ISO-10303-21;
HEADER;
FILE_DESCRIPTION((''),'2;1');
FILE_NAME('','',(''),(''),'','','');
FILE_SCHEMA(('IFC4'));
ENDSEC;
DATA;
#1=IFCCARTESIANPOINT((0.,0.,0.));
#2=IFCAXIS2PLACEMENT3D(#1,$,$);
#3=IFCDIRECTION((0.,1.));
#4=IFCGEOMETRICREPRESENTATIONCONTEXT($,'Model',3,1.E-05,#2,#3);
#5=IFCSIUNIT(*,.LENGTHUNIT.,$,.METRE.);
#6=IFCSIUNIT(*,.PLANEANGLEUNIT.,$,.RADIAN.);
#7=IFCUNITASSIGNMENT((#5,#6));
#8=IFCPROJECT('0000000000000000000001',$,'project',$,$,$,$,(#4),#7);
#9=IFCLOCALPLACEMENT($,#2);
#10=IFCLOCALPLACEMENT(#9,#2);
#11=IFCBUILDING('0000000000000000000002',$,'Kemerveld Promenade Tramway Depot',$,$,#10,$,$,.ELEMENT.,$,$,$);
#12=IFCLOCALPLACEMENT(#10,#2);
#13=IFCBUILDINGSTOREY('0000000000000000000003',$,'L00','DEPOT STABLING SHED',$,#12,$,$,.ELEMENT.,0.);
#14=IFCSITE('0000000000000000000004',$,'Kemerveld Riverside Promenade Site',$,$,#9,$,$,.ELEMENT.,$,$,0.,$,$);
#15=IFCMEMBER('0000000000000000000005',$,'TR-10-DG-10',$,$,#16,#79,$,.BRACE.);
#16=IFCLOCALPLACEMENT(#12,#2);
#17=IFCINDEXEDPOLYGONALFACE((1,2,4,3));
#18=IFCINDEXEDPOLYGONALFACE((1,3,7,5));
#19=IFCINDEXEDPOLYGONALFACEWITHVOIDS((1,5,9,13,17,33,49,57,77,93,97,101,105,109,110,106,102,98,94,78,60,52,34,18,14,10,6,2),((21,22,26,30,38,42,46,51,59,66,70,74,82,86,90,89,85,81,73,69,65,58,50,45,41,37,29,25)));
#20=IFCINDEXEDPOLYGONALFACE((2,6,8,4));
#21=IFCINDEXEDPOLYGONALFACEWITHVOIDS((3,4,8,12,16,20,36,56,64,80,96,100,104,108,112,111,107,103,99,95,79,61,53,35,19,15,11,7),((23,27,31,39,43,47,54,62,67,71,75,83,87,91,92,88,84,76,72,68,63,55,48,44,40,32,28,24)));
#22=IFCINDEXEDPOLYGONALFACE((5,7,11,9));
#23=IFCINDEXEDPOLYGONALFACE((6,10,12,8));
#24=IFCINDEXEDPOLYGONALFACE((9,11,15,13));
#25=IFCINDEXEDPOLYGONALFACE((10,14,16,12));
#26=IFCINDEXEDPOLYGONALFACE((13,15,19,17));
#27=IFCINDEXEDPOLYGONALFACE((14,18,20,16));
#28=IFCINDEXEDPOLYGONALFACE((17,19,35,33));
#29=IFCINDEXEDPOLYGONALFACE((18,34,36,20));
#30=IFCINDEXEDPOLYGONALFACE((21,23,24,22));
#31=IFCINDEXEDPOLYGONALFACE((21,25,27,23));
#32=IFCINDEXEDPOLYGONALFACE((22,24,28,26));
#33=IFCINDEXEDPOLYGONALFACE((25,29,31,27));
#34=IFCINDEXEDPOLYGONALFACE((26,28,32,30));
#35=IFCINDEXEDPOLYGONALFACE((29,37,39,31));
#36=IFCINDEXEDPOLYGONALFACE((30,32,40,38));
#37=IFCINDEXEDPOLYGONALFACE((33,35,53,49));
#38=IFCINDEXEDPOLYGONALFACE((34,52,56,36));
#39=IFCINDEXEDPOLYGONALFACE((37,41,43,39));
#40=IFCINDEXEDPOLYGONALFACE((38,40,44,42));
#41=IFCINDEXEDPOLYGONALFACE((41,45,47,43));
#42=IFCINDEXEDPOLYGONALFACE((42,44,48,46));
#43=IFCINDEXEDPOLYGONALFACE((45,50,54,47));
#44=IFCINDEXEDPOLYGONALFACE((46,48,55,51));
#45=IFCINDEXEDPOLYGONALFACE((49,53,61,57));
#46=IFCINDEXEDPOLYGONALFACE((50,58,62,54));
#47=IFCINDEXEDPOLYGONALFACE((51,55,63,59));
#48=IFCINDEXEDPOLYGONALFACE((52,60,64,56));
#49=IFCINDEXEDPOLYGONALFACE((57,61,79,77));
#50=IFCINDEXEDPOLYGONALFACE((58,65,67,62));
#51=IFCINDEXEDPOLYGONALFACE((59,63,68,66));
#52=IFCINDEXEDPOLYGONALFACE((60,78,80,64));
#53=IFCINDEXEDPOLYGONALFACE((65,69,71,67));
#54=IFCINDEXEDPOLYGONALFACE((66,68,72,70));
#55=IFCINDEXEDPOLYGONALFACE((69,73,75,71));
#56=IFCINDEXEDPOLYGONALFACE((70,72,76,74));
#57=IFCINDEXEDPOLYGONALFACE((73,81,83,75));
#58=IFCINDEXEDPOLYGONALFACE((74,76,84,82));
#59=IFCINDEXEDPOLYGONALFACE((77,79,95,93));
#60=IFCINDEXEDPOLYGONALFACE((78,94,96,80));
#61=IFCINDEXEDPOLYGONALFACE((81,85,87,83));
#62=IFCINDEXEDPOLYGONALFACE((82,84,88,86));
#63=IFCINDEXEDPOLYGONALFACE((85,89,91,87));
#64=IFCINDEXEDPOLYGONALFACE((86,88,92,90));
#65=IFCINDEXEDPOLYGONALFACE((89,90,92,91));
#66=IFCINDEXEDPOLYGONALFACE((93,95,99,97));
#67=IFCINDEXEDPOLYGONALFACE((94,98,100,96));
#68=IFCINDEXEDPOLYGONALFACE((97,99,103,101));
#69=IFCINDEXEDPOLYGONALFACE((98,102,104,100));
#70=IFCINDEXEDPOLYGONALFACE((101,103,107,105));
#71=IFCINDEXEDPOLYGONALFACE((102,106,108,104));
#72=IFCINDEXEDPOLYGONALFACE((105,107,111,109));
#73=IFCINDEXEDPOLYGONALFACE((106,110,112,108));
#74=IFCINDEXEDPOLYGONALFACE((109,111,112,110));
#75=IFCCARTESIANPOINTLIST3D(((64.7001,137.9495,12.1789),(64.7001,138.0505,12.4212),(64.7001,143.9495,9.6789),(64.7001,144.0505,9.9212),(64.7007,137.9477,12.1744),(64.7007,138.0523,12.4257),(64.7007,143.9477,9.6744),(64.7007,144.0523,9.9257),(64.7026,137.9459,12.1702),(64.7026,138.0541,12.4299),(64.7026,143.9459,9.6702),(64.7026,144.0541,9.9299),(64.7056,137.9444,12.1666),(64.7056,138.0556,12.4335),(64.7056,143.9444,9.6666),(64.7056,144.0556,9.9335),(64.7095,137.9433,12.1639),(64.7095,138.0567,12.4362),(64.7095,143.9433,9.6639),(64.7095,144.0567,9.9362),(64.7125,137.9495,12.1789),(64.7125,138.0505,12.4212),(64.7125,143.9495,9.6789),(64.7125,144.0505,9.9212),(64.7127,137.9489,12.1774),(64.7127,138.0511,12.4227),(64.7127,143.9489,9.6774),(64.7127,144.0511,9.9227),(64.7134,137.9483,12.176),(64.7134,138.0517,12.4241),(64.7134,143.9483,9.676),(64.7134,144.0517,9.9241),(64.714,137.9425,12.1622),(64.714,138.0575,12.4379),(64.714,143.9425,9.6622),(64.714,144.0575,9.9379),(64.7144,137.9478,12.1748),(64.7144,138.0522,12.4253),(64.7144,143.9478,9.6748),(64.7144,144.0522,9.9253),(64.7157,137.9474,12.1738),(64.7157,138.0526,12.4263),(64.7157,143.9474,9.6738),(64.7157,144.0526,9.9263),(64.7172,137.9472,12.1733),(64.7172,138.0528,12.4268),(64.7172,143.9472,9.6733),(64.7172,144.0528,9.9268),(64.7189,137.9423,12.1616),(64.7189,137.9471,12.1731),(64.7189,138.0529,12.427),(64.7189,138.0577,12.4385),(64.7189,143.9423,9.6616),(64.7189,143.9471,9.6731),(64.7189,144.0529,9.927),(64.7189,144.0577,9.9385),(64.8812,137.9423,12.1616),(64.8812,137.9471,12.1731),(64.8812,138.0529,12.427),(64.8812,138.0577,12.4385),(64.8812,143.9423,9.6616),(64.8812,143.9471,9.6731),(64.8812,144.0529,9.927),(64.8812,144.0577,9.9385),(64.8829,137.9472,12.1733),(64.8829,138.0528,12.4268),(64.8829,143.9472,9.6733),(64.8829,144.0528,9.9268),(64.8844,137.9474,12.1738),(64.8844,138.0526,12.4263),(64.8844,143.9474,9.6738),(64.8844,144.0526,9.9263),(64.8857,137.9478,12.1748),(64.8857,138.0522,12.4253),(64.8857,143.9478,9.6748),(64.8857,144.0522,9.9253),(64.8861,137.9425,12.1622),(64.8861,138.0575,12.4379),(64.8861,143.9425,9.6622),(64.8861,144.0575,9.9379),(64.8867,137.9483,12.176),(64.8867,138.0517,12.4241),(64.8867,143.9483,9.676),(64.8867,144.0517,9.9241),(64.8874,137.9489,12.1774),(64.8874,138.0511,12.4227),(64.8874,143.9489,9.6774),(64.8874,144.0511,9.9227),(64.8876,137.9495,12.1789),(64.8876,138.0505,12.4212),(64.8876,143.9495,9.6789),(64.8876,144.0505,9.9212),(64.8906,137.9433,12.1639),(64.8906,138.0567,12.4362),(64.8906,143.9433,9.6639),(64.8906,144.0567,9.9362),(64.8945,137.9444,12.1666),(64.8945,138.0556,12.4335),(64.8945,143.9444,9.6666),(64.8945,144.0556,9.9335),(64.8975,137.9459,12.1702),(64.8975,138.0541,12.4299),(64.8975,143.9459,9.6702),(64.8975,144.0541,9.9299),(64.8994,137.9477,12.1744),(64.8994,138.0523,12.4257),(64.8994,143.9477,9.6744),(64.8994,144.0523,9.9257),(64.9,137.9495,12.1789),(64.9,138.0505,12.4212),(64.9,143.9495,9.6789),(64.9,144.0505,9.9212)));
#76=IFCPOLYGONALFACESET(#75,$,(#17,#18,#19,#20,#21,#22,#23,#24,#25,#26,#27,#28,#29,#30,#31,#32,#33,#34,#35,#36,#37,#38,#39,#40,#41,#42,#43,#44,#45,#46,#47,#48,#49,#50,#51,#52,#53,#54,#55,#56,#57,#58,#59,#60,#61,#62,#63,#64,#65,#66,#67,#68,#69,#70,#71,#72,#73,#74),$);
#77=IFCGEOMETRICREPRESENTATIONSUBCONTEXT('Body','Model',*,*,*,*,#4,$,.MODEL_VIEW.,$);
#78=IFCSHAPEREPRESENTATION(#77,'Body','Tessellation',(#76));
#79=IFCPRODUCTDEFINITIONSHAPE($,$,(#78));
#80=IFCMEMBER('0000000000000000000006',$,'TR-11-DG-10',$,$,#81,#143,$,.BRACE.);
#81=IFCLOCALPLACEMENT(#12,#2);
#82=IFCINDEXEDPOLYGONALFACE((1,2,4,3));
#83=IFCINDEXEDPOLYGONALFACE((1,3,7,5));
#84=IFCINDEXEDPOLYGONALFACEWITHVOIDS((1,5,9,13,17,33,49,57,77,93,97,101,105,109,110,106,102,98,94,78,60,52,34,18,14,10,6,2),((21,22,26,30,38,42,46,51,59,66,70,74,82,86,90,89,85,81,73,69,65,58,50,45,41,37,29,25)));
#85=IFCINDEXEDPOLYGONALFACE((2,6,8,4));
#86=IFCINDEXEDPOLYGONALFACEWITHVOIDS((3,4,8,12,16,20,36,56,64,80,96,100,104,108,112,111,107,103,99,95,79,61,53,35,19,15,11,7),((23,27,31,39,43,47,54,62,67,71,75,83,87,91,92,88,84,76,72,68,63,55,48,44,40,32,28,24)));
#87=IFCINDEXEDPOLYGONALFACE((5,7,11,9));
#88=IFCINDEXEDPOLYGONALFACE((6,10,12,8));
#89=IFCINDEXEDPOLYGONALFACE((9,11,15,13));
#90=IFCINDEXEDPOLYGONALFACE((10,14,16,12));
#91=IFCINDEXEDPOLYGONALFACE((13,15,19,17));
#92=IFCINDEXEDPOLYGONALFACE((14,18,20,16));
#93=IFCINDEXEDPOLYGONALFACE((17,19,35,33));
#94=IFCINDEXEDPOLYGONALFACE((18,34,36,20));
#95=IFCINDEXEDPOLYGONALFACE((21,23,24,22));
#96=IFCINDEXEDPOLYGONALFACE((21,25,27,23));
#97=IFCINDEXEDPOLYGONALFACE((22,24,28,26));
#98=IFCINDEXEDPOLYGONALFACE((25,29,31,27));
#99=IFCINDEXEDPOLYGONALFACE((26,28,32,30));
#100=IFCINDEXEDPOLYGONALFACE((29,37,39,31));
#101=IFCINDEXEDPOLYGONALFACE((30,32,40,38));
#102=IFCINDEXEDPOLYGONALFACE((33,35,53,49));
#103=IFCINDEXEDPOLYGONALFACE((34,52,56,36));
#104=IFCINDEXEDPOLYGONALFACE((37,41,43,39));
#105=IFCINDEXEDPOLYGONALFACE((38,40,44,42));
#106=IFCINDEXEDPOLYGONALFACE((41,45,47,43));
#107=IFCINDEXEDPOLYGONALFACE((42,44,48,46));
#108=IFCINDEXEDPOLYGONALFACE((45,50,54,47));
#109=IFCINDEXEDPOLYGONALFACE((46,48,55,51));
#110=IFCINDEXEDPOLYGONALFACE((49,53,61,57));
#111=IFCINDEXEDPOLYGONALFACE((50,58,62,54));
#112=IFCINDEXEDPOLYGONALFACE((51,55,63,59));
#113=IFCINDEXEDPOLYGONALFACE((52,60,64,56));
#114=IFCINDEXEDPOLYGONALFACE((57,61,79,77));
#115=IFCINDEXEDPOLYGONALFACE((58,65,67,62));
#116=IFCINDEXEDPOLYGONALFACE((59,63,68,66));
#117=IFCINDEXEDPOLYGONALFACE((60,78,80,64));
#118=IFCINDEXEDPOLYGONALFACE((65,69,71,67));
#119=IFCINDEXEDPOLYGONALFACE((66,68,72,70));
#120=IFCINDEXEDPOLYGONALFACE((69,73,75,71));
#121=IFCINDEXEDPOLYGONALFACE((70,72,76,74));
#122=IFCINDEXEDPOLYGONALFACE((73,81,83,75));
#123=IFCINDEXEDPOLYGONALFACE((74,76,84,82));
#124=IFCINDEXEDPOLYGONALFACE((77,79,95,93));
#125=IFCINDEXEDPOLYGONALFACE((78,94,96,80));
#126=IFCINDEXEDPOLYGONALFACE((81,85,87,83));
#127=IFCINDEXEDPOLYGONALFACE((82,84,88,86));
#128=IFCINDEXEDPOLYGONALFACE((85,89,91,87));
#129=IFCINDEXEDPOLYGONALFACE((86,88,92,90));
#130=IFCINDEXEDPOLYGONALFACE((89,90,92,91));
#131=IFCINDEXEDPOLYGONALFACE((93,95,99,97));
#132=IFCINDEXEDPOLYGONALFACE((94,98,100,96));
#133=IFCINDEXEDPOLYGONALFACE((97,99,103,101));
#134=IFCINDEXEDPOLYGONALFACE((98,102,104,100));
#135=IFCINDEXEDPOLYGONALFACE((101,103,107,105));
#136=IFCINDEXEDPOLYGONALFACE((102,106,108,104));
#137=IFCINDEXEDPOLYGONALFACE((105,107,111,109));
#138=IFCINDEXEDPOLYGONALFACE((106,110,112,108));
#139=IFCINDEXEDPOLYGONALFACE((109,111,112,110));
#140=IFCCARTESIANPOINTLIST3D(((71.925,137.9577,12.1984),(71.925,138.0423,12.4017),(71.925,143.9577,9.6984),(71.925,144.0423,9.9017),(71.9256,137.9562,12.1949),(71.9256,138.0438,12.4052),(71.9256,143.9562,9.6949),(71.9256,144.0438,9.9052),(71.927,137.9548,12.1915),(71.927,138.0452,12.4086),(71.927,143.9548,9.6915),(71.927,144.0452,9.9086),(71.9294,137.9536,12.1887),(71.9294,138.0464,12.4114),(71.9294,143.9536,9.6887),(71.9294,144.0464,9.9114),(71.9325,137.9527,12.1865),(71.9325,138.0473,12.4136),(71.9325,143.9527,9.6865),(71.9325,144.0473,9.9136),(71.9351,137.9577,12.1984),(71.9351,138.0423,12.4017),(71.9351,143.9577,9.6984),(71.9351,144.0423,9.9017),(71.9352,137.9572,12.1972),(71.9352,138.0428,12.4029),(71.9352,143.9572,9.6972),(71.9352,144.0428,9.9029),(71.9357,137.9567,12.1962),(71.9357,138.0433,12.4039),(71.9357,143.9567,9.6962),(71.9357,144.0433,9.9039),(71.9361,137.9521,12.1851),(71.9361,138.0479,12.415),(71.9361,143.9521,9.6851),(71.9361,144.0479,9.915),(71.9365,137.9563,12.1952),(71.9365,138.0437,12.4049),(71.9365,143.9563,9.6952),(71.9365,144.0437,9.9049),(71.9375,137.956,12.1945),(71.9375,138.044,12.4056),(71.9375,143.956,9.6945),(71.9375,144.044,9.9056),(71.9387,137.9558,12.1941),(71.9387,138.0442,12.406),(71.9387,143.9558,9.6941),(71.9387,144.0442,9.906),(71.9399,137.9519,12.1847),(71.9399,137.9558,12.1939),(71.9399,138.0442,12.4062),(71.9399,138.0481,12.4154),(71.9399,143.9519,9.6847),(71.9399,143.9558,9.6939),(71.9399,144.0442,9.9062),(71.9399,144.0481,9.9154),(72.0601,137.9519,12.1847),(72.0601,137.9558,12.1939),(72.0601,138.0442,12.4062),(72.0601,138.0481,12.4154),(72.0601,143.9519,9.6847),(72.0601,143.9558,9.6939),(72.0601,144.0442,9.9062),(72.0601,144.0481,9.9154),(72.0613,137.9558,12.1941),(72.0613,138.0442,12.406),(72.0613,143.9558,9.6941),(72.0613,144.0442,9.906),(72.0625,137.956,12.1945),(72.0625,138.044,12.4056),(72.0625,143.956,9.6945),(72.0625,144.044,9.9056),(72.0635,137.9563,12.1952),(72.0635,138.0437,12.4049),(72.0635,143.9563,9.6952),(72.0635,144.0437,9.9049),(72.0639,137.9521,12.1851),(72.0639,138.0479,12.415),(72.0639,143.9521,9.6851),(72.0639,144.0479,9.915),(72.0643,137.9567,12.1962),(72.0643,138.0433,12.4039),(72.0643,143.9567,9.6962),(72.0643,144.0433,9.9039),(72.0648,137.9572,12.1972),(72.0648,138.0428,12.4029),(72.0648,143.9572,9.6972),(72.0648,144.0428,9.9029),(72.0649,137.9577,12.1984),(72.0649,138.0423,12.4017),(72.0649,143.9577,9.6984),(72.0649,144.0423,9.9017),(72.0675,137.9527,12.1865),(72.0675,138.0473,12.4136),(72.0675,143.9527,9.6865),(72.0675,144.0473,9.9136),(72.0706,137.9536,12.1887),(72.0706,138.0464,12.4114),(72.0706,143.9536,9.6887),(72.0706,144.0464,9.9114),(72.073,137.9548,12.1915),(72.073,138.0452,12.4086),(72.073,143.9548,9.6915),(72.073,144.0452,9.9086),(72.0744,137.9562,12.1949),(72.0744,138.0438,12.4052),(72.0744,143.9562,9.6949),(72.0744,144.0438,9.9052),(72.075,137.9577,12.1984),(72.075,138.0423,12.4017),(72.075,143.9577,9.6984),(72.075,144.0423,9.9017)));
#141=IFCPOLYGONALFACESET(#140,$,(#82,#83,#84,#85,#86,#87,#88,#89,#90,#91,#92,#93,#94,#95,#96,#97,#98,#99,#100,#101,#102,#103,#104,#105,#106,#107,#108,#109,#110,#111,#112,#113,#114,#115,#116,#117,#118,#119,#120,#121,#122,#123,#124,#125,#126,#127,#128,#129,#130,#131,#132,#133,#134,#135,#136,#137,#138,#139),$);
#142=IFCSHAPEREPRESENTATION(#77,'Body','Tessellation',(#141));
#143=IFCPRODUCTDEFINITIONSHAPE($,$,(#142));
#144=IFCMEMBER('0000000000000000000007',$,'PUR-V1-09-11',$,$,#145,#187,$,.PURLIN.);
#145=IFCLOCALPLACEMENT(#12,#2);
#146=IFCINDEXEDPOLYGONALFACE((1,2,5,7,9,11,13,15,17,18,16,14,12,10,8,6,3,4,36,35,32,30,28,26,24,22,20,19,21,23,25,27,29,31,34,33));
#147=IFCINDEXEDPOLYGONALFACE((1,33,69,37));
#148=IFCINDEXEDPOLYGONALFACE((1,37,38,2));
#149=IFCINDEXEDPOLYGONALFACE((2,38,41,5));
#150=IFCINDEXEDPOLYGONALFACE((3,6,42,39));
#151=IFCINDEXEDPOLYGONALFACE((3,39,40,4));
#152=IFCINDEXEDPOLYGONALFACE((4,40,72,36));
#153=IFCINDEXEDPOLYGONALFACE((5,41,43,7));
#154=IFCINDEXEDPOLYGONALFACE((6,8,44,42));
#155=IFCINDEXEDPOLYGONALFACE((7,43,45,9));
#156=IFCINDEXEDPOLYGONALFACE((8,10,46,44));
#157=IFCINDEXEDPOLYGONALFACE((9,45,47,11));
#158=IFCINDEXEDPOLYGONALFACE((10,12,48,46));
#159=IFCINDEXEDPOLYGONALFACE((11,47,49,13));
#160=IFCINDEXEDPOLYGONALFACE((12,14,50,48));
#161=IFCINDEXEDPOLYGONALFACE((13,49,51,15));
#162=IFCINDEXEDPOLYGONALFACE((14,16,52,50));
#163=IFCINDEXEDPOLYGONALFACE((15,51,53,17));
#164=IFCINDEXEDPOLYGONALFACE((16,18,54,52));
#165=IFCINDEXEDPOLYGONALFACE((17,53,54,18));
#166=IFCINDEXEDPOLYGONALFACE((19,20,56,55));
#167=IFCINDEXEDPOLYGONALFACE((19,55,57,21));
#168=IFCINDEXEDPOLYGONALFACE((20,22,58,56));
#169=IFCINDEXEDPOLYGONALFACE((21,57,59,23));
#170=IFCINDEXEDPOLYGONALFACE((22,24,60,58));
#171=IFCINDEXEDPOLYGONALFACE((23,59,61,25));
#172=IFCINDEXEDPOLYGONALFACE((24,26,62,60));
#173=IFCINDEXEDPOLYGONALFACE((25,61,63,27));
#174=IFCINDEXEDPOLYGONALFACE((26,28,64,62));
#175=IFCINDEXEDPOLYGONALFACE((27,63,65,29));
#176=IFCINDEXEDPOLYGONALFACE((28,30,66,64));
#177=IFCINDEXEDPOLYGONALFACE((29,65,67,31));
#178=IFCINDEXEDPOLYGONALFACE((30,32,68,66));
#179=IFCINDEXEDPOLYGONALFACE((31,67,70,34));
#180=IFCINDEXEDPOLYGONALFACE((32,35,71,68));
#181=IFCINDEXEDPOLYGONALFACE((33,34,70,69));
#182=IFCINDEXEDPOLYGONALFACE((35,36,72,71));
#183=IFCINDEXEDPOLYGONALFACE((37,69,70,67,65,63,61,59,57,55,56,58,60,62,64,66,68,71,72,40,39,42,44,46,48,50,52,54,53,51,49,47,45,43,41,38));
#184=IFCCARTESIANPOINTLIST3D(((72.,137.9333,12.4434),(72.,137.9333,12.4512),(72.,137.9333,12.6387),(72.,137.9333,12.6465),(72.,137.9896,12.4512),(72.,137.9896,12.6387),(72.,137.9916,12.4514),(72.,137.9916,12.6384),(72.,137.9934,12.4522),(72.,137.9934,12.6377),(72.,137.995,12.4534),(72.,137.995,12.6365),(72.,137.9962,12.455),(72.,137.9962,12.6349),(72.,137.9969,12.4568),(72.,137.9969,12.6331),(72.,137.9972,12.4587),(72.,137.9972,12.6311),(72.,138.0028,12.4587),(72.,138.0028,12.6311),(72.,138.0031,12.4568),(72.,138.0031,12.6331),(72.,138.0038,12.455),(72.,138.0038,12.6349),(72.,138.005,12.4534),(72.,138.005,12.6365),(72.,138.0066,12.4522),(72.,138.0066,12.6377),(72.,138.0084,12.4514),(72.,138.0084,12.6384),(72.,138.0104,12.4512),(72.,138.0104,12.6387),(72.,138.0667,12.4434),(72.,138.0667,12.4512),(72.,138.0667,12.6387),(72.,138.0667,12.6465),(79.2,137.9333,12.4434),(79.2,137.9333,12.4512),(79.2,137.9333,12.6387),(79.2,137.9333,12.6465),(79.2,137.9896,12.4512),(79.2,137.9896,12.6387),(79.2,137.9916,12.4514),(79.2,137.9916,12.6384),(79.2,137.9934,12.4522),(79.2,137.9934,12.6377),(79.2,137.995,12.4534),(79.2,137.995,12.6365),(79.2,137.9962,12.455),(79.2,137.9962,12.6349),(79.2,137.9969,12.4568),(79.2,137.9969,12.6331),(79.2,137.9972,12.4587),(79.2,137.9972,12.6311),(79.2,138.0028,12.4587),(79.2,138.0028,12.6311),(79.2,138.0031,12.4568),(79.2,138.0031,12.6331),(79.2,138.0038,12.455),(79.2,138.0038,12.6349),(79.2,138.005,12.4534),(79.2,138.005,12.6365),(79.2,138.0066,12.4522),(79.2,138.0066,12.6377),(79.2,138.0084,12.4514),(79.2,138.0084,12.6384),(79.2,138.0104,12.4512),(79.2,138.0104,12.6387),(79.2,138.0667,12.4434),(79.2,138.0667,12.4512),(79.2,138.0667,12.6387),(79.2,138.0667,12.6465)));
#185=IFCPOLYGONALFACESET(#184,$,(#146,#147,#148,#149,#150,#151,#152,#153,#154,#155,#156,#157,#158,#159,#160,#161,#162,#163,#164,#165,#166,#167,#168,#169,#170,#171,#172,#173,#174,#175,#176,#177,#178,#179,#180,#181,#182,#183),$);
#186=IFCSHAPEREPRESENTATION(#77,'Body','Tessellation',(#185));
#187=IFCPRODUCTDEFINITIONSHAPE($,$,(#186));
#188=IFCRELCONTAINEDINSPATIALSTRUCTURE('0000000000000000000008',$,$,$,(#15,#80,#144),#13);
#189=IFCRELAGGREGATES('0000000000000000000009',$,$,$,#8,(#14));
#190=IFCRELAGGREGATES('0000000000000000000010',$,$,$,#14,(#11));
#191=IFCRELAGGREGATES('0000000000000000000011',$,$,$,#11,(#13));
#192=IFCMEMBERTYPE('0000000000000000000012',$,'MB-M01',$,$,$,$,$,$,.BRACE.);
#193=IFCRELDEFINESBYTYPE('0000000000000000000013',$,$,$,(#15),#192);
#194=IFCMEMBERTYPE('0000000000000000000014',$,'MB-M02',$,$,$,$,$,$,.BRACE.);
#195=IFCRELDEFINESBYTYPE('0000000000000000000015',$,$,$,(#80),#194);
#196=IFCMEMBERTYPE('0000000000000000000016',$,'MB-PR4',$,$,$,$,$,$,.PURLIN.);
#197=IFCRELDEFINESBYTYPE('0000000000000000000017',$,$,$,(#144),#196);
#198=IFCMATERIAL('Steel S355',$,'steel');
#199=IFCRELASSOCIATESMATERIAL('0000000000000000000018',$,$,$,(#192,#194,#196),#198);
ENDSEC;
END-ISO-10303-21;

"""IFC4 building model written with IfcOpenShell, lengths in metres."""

from ifc_helpers import new_model, si_unit, direction, frame, origin, origin_2d, place, context, subcontext, project, spatial, hollow_rectangle, i_section, extrude, material, material_profile, profile_set, type_object, element, save


model = new_model("IFC4")

# Units and contexts
model_context = context("Model", 3, precision=1e-05, world=origin(), true_north=direction((0.0, 1.0)))
body_context = subcontext(model_context, "Body", "Model", "MODEL_VIEW")
ifc_project = project(units=[si_unit("LENGTHUNIT", "METRE"), si_unit("PLANEANGLEUNIT", "RADIAN")], contexts=[model_context])

# Site, building, storey
site_placement = place(None, origin())
site = spatial("IfcSite", under=ifc_project, at=site_placement, Name="Kemerveld Riverside Promenade Site", CompositionType="ELEMENT", RefElevation=0.0)
building_placement = place(site_placement, origin())
building = spatial("IfcBuilding", under=site, at=building_placement, Name="Kemerveld Promenade Tramway Depot", CompositionType="ELEMENT")
storey_placement = place(building_placement, origin())
storey = spatial("IfcBuildingStorey", under=building, at=storey_placement, Name="L00", Description="DEPOT STABLING SHED", CompositionType="ELEMENT", Elevation=0.0)

# Shared definitions
ifc_material_1 = material(Name="Steel S355", Category="steel")

# Members
ifc_material_profile_1 = material_profile(ifc_material_1, hollow_rectangle(XDim=0.2, YDim=0.3, WallThickness=0.0125, InnerFilletRadius=0.0063, OuterFilletRadius=0.0188, at=origin_2d()), Name="300x200x12.5 RHS")
ifc_profile_set_1 = profile_set([ifc_material_profile_1], Name="Steel S355")
member_type_1 = type_object("IfcMemberType", Name="MB-M01", PredefinedType="BRACE", material=ifc_profile_set_1)
member_1_placement = place(storey_placement, frame((64.8, 144.0, 9.8), z_axis=(0.0, -0.923077, 0.384615), x_axis=(1.0, 0.0, 0.0)))
element("IfcMember", 1, at=member_1_placement, inside=storey, type_object=member_type_1, Name="TR-10-DG-10", PredefinedType="BRACE", context=body_context, shape_type="SweptSolid", body=[
    extrude(hollow_rectangle(XDim=0.2, YDim=0.3, WallThickness=0.0125, InnerFilletRadius=0.0063, OuterFilletRadius=0.0188, at=origin_2d()), origin(), (0.0, 0.0, 1.0), 6.5),
])
ifc_material_profile_2 = material_profile(ifc_material_1, hollow_rectangle(XDim=0.1499, YDim=0.25, WallThickness=0.01, InnerFilletRadius=0.0049, OuterFilletRadius=0.0149, at=origin_2d()), Name="250x150x10.0 RHS")
ifc_profile_set_2 = profile_set([ifc_material_profile_2], Name="Steel S355")
member_type_2 = type_object("IfcMemberType", Name="MB-M02", PredefinedType="BRACE", material=ifc_profile_set_2)
member_2_placement = place(storey_placement, frame((72.0, 144.0, 9.8), z_axis=(0.0, -0.923077, 0.384615), x_axis=(1.0, 0.0, 0.0)))
element("IfcMember", 2, at=member_2_placement, inside=storey, type_object=member_type_2, Name="TR-11-DG-10", PredefinedType="BRACE", context=body_context, shape_type="SweptSolid", body=[
    extrude(hollow_rectangle(XDim=0.1499, YDim=0.25, WallThickness=0.01, InnerFilletRadius=0.0049, OuterFilletRadius=0.0149, at=origin_2d()), origin(), (0.0, 0.0, 1.0), 6.5),
])
ifc_material_profile_3 = material_profile(ifc_material_1, i_section(OverallWidth=0.1333, OverallDepth=0.2031, WebThickness=0.0056, FlangeThickness=0.0078, FilletRadius=0.0076, at=origin_2d()), Name="203x133x25 UB")
ifc_profile_set_3 = profile_set([ifc_material_profile_3], Name="Steel S355")
member_type_3 = type_object("IfcMemberType", Name="MB-PR4", PredefinedType="PURLIN", material=ifc_profile_set_3)
member_3_placement = place(storey_placement, frame((72.0, 138.0, 12.5449), z_axis=(1.0, 0.0, 0.0), x_axis=(0.0, 1.0, 0.0)))
element("IfcMember", 3, at=member_3_placement, inside=storey, type_object=member_type_3, Name="PUR-V1-09-11", PredefinedType="PURLIN", context=body_context, shape_type="SweptSolid", body=[
    extrude(i_section(OverallWidth=0.1333, OverallDepth=0.2031, WebThickness=0.0056, FlangeThickness=0.0078, FilletRadius=0.0076, at=origin_2d()), origin(), (0.0, 0.0, 1.0), 7.2),
])

save(model, "model.ifc")
